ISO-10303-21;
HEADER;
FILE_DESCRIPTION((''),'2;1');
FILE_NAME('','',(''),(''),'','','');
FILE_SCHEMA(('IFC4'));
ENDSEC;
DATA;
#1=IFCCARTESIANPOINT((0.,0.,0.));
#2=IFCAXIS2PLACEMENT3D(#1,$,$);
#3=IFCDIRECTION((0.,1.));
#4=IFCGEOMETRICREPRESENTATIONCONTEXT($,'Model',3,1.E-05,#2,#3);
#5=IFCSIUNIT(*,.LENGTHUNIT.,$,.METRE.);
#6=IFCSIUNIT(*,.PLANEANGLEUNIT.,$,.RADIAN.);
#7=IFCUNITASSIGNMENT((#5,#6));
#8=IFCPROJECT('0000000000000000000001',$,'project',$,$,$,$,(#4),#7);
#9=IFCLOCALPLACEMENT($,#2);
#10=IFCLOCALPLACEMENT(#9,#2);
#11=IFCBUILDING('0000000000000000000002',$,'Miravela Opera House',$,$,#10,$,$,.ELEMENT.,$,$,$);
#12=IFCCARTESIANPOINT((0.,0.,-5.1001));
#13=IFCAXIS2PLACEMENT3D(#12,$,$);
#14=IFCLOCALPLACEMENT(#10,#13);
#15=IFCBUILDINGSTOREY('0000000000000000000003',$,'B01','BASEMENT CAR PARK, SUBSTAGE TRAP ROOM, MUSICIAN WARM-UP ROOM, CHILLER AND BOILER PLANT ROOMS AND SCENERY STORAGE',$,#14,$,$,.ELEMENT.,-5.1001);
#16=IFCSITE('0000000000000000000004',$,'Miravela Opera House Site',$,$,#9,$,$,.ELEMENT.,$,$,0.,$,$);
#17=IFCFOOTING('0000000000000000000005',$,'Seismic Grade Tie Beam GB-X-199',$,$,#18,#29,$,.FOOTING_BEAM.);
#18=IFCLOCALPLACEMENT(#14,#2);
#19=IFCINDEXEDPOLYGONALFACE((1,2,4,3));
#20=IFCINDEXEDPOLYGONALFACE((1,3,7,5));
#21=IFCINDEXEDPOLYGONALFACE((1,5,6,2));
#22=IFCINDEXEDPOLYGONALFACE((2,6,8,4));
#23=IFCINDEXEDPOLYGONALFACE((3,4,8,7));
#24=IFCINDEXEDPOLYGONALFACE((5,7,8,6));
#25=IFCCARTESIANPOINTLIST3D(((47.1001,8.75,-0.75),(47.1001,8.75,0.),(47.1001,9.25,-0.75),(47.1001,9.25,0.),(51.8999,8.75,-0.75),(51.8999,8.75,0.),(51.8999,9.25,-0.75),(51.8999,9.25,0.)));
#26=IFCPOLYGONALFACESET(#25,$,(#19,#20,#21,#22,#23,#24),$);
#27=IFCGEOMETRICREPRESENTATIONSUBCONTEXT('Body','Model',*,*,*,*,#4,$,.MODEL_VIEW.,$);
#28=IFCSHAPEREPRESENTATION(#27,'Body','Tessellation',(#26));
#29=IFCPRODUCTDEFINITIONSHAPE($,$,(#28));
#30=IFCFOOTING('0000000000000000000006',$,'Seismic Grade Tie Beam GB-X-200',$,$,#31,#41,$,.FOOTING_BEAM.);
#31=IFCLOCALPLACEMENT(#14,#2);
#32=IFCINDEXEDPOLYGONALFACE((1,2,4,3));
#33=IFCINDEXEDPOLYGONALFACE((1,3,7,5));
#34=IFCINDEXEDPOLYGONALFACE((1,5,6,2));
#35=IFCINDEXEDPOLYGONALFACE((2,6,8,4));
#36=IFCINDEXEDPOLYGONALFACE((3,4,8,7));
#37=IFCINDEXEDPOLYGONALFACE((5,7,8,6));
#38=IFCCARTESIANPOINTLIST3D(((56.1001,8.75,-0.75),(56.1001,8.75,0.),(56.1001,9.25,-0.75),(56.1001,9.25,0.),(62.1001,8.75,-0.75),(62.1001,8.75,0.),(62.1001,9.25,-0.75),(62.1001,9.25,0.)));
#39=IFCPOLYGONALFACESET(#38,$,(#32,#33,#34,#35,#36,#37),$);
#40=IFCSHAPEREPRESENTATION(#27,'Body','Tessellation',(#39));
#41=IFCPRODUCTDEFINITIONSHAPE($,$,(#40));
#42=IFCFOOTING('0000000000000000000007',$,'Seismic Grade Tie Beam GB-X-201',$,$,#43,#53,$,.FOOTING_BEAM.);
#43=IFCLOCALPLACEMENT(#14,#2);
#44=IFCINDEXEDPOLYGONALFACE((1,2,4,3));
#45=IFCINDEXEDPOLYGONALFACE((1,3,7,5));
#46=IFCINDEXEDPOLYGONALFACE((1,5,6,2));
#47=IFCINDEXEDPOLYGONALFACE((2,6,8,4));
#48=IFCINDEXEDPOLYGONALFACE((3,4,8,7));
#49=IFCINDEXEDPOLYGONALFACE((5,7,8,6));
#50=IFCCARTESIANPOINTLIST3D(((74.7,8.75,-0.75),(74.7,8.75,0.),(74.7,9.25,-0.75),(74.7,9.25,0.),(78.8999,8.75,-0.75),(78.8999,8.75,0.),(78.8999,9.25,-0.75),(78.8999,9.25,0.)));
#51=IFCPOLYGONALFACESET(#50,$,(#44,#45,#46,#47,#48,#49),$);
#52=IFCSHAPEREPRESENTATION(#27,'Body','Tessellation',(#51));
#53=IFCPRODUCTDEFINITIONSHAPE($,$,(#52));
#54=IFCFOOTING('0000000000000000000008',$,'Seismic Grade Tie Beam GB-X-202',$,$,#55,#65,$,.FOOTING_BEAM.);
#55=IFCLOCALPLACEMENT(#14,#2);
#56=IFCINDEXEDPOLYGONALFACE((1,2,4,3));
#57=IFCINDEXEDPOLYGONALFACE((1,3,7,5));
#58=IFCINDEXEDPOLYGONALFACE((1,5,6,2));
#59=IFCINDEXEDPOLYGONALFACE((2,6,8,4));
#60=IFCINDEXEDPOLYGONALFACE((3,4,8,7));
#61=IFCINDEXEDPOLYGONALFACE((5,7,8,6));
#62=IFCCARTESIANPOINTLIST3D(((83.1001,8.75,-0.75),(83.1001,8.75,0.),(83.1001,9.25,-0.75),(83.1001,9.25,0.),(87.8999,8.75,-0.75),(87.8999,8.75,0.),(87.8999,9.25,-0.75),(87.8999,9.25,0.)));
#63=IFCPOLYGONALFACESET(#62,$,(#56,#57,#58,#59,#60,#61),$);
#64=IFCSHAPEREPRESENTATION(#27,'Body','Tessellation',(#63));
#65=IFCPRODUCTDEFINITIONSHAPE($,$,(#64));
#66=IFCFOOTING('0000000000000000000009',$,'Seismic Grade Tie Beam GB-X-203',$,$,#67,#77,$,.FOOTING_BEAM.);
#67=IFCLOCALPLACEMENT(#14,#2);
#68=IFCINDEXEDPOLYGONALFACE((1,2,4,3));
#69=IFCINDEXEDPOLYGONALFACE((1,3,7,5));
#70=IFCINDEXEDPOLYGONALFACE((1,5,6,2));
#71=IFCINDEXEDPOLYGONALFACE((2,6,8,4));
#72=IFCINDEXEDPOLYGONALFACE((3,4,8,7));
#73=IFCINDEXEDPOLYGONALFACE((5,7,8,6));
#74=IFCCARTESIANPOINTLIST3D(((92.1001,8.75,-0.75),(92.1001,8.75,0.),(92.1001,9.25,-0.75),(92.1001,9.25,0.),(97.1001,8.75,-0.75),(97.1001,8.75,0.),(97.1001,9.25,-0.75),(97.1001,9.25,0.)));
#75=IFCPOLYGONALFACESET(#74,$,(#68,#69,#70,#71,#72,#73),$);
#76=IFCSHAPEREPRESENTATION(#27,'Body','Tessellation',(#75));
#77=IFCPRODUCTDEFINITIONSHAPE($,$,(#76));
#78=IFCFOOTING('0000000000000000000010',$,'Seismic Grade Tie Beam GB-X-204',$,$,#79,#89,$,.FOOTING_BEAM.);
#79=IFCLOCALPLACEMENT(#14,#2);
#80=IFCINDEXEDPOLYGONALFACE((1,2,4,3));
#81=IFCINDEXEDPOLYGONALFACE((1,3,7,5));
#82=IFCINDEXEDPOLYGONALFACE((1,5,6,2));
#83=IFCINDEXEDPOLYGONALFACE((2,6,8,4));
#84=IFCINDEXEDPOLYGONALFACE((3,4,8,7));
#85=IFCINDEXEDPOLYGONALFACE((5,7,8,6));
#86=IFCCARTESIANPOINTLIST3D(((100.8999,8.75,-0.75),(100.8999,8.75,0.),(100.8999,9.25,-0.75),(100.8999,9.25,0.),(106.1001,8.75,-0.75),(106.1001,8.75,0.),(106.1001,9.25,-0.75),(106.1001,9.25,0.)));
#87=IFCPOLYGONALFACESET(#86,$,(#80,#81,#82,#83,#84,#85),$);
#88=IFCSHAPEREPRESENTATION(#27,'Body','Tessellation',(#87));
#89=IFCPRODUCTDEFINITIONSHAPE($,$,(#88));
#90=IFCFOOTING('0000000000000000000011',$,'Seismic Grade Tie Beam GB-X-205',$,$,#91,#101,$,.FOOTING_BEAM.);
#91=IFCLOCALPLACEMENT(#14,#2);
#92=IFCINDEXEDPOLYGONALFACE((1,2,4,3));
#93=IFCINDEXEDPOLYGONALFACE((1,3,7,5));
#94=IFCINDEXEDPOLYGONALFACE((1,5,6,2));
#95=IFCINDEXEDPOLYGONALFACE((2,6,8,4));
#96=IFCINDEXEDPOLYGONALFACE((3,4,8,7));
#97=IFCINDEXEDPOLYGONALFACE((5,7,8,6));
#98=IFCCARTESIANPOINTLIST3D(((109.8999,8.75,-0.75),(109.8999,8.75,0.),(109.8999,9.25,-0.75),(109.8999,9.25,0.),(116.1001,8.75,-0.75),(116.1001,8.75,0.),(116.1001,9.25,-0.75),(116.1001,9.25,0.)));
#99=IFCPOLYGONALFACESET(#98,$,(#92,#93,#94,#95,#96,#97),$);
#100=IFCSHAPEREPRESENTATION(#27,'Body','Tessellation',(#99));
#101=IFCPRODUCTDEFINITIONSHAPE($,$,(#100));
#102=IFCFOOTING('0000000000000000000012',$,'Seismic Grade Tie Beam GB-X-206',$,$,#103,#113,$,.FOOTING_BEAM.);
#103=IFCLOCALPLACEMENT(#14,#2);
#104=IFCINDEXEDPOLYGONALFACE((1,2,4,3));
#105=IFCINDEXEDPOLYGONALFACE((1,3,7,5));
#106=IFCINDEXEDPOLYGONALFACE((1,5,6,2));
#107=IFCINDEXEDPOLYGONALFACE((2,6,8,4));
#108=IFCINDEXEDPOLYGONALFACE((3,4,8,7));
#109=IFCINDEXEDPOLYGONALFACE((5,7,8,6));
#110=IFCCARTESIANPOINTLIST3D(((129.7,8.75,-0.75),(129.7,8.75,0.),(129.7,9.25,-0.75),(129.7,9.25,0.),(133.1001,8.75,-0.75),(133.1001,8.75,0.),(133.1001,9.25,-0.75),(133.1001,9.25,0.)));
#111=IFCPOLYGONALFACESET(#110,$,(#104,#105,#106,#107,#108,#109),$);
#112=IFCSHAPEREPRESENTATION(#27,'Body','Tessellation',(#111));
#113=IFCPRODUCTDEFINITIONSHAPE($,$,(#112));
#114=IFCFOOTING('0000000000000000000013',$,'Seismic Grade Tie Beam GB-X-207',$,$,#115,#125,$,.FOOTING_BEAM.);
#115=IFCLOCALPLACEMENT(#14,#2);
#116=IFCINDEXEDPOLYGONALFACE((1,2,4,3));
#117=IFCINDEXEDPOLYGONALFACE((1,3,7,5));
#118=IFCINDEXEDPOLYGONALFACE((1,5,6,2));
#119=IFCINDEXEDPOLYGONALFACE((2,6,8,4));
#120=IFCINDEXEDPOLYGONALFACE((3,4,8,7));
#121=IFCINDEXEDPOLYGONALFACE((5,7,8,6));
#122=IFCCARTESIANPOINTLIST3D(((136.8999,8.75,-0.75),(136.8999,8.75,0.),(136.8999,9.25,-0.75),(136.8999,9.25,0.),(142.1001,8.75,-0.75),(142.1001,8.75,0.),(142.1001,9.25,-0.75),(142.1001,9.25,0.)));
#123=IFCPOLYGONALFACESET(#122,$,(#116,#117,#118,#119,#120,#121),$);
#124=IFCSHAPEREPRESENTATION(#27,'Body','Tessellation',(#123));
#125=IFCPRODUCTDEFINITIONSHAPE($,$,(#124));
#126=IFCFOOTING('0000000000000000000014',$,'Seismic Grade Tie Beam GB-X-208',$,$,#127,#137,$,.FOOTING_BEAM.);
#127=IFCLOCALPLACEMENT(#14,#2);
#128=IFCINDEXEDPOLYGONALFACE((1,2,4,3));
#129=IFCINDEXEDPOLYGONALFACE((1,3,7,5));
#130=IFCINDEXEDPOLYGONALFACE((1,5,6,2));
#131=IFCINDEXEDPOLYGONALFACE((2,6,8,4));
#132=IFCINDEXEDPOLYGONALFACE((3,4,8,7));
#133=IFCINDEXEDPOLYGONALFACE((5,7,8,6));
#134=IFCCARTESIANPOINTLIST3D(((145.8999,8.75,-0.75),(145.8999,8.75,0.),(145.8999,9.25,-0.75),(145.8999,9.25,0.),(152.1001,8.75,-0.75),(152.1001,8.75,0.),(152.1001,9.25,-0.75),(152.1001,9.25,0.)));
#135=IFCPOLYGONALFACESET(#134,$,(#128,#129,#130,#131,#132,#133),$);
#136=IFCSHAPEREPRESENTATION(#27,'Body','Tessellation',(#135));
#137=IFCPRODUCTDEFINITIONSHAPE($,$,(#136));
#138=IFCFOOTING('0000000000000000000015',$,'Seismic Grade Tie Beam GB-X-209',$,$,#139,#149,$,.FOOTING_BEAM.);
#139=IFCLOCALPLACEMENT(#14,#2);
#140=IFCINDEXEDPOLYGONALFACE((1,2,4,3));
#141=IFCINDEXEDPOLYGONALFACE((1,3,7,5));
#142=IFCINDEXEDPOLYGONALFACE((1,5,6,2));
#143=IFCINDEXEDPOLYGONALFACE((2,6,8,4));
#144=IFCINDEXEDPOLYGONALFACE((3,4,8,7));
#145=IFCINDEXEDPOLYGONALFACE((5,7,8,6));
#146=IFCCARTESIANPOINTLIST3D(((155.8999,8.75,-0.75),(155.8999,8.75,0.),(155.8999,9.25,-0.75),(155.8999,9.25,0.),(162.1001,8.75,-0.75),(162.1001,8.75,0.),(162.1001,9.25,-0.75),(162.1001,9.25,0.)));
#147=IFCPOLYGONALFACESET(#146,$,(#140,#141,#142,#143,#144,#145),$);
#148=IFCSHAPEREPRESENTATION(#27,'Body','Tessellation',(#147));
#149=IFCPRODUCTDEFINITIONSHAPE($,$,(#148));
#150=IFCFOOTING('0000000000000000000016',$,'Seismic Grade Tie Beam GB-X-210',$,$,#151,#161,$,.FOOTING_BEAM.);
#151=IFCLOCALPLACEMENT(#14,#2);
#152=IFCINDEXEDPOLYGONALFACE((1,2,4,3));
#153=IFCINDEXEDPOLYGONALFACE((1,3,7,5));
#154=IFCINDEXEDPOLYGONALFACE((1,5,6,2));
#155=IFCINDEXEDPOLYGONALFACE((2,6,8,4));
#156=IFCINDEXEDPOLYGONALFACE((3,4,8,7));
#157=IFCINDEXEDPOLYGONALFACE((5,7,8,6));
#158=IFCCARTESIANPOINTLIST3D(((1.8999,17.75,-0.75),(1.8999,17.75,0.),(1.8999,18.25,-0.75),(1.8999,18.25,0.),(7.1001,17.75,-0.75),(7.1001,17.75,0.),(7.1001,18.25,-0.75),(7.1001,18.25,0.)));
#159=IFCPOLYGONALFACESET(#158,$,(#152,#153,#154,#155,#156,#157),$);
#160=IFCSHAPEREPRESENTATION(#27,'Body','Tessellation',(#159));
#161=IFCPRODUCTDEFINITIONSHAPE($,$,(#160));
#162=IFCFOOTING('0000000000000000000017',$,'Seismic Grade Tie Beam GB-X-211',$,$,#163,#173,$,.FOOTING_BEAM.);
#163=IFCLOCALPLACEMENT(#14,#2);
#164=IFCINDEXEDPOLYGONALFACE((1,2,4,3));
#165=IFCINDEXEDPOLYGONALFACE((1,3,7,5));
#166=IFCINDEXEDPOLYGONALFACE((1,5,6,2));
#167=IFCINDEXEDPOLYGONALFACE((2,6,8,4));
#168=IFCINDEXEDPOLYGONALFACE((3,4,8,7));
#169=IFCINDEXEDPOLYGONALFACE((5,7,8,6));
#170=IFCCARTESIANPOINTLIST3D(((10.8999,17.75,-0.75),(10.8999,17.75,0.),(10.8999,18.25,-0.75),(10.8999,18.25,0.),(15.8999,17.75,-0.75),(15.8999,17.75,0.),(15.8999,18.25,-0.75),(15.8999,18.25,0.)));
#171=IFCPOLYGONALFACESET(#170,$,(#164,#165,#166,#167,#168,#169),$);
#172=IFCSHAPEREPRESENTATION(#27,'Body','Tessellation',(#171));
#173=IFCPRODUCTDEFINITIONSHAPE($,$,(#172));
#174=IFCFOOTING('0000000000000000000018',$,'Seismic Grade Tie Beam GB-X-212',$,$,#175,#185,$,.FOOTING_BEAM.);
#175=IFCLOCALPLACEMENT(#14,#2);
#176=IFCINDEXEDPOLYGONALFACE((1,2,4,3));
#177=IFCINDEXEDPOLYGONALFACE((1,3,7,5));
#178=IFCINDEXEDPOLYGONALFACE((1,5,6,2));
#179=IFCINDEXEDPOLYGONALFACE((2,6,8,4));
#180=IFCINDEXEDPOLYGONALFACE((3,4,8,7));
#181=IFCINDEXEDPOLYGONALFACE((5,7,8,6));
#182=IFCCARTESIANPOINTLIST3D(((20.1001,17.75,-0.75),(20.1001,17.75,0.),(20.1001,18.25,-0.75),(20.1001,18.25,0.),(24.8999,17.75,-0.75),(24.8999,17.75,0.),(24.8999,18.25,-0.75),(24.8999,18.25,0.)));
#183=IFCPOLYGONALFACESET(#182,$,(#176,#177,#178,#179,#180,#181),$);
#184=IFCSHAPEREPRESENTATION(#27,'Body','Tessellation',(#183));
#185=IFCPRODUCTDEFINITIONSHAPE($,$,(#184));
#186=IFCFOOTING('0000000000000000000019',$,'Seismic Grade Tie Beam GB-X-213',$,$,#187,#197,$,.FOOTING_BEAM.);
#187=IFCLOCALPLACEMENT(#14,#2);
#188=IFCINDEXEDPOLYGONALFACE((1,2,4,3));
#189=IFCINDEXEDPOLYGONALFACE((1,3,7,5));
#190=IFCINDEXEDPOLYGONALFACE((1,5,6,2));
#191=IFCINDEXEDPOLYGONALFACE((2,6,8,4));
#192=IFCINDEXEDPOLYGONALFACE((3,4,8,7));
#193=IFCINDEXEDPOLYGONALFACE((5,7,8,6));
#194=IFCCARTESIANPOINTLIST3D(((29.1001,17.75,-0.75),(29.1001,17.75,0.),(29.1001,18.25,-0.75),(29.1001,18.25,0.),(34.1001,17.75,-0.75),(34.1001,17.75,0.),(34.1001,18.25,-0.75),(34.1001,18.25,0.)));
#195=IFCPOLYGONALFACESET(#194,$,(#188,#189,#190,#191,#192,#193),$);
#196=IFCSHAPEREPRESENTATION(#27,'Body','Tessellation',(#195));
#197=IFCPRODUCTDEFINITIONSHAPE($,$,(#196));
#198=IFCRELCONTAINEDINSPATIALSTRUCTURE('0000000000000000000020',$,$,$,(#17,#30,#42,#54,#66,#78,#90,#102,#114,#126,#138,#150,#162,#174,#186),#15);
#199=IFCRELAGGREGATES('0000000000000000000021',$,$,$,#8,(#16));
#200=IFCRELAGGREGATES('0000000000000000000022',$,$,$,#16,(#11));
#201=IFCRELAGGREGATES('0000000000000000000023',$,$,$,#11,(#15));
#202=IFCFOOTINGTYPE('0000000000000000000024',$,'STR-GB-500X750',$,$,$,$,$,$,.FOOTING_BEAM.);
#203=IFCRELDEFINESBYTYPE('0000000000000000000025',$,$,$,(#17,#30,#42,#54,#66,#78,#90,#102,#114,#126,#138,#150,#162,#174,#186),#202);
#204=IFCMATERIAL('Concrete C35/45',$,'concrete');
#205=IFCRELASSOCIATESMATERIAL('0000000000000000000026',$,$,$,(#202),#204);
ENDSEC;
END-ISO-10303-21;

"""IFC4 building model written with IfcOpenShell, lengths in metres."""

from ifc_helpers import new_model, si_unit, direction, frame, origin, place, context, subcontext, project, spatial, polyline, outline, extrude, material, type_object, element, save


model = new_model("IFC4")

# Units and contexts
model_context = context("Model", 3, precision=1e-05, world=origin(), true_north=direction((0.0, 1.0)))
body_context = subcontext(model_context, "Body", "Model", "MODEL_VIEW")
ifc_project = project(units=[si_unit("LENGTHUNIT", "METRE"), si_unit("PLANEANGLEUNIT", "RADIAN")], contexts=[model_context])

# Site, building, storey
site_placement = place(None, origin())
site = spatial("IfcSite", under=ifc_project, at=site_placement, Name="Miravela Opera House Site", CompositionType="ELEMENT", RefElevation=0.0)
building_placement = place(site_placement, origin())
building = spatial("IfcBuilding", under=site, at=building_placement, Name="Miravela Opera House", CompositionType="ELEMENT")
storey_placement = place(building_placement, frame((0.0, 0.0, -5.1001)))
storey = spatial("IfcBuildingStorey", under=building, at=storey_placement, Name="B01", Description="BASEMENT CAR PARK, SUBSTAGE TRAP ROOM, MUSICIAN WARM-UP ROOM, CHILLER AND BOILER PLANT ROOMS AND SCENERY STORAGE", CompositionType="ELEMENT", Elevation=-5.1001)

# Footings
ifc_material = material(Name="Concrete C35/45", Category="concrete")
footing_type = type_object("IfcFootingType", Name="STR-GB-500X750", PredefinedType="FOOTING_BEAM", material=ifc_material)
footing_1_placement = place(storey_placement, frame((0.0, 0.0, -0.75)))
element("IfcFooting", 1, at=footing_1_placement, inside=storey, type_object=footing_type, Name="Seismic Grade Tie Beam GB-X-199", PredefinedType="FOOTING_BEAM", context=body_context, shape_type="SweptSolid", body=[
    extrude(outline(polyline([(47.1001, 8.75), (51.8999, 8.75), (51.8999, 9.25), (47.1001, 9.25), (47.1001, 8.75)])), origin(), (0.0, 0.0, 1.0), 0.75),
])
footing_2_placement = place(storey_placement, frame((0.0, 0.0, -0.75)))
element("IfcFooting", 2, at=footing_2_placement, inside=storey, type_object=footing_type, Name="Seismic Grade Tie Beam GB-X-200", PredefinedType="FOOTING_BEAM", context=body_context, shape_type="SweptSolid", body=[
    extrude(outline(polyline([(56.1001, 8.75), (62.1001, 8.75), (62.1001, 9.25), (56.1001, 9.25), (56.1001, 8.75)])), origin(), (0.0, 0.0, 1.0), 0.75),
])
footing_3_placement = place(storey_placement, frame((0.0, 0.0, -0.75)))
element("IfcFooting", 3, at=footing_3_placement, inside=storey, type_object=footing_type, Name="Seismic Grade Tie Beam GB-X-201", PredefinedType="FOOTING_BEAM", context=body_context, shape_type="SweptSolid", body=[
    extrude(outline(polyline([(74.7, 8.75), (78.8999, 8.75), (78.8999, 9.25), (74.7, 9.25), (74.7, 8.75)])), origin(), (0.0, 0.0, 1.0), 0.75),
])
footing_4_placement = place(storey_placement, frame((0.0, 0.0, -0.75)))
element("IfcFooting", 4, at=footing_4_placement, inside=storey, type_object=footing_type, Name="Seismic Grade Tie Beam GB-X-202", PredefinedType="FOOTING_BEAM", context=body_context, shape_type="SweptSolid", body=[
    extrude(outline(polyline([(83.1001, 8.75), (87.8999, 8.75), (87.8999, 9.25), (83.1001, 9.25), (83.1001, 8.75)])), origin(), (0.0, 0.0, 1.0), 0.75),
])
footing_5_placement = place(storey_placement, frame((0.0, 0.0, -0.75)))
element("IfcFooting", 5, at=footing_5_placement, inside=storey, type_object=footing_type, Name="Seismic Grade Tie Beam GB-X-203", PredefinedType="FOOTING_BEAM", context=body_context, shape_type="SweptSolid", body=[
    extrude(outline(polyline([(92.1001, 8.75), (97.1001, 8.75), (97.1001, 9.25), (92.1001, 9.25), (92.1001, 8.75)])), origin(), (0.0, 0.0, 1.0), 0.75),
])
footing_6_placement = place(storey_placement, frame((0.0, 0.0, -0.75)))
element("IfcFooting", 6, at=footing_6_placement, inside=storey, type_object=footing_type, Name="Seismic Grade Tie Beam GB-X-204", PredefinedType="FOOTING_BEAM", context=body_context, shape_type="SweptSolid", body=[
    extrude(outline(polyline([(100.8999, 8.75), (106.1001, 8.75), (106.1001, 9.25), (100.8999, 9.25), (100.8999, 8.75)])), origin(), (0.0, 0.0, 1.0), 0.75),
])
footing_7_placement = place(storey_placement, frame((0.0, 0.0, -0.75)))
element("IfcFooting", 7, at=footing_7_placement, inside=storey, type_object=footing_type, Name="Seismic Grade Tie Beam GB-X-205", PredefinedType="FOOTING_BEAM", context=body_context, shape_type="SweptSolid", body=[
    extrude(outline(polyline([(109.8999, 8.75), (116.1001, 8.75), (116.1001, 9.25), (109.8999, 9.25), (109.8999, 8.75)])), origin(), (0.0, 0.0, 1.0), 0.75),
])
footing_8_placement = place(storey_placement, frame((0.0, 0.0, -0.75)))
element("IfcFooting", 8, at=footing_8_placement, inside=storey, type_object=footing_type, Name="Seismic Grade Tie Beam GB-X-206", PredefinedType="FOOTING_BEAM", context=body_context, shape_type="SweptSolid", body=[
    extrude(outline(polyline([(129.7, 8.75), (133.1001, 8.75), (133.1001, 9.25), (129.7, 9.25), (129.7, 8.75)])), origin(), (0.0, 0.0, 1.0), 0.75),
])
footing_9_placement = place(storey_placement, frame((0.0, 0.0, -0.75)))
element("IfcFooting", 9, at=footing_9_placement, inside=storey, type_object=footing_type, Name="Seismic Grade Tie Beam GB-X-207", PredefinedType="FOOTING_BEAM", context=body_context, shape_type="SweptSolid", body=[
    extrude(outline(polyline([(136.8999, 8.75), (142.1001, 8.75), (142.1001, 9.25), (136.8999, 9.25), (136.8999, 8.75)])), origin(), (0.0, 0.0, 1.0), 0.75),
])
footing_10_placement = place(storey_placement, frame((0.0, 0.0, -0.75)))
element("IfcFooting", 10, at=footing_10_placement, inside=storey, type_object=footing_type, Name="Seismic Grade Tie Beam GB-X-208", PredefinedType="FOOTING_BEAM", context=body_context, shape_type="SweptSolid", body=[
    extrude(outline(polyline([(145.8999, 8.75), (152.1001, 8.75), (152.1001, 9.25), (145.8999, 9.25), (145.8999, 8.75)])), origin(), (0.0, 0.0, 1.0), 0.75),
])
footing_11_placement = place(storey_placement, frame((0.0, 0.0, -0.75)))
element("IfcFooting", 11, at=footing_11_placement, inside=storey, type_object=footing_type, Name="Seismic Grade Tie Beam GB-X-209", PredefinedType="FOOTING_BEAM", context=body_context, shape_type="SweptSolid", body=[
    extrude(outline(polyline([(155.8999, 8.75), (162.1001, 8.75), (162.1001, 9.25), (155.8999, 9.25), (155.8999, 8.75)])), origin(), (0.0, 0.0, 1.0), 0.75),
])
footing_12_placement = place(storey_placement, frame((0.0, 0.0, -0.75)))
element("IfcFooting", 12, at=footing_12_placement, inside=storey, type_object=footing_type, Name="Seismic Grade Tie Beam GB-X-210", PredefinedType="FOOTING_BEAM", context=body_context, shape_type="SweptSolid", body=[
    extrude(outline(polyline([(1.8999, 17.75), (7.1001, 17.75), (7.1001, 18.25), (1.8999, 18.25), (1.8999, 17.75)])), origin(), (0.0, 0.0, 1.0), 0.75),
])
footing_13_placement = place(storey_placement, frame((0.0, 0.0, -0.75)))
element("IfcFooting", 13, at=footing_13_placement, inside=storey, type_object=footing_type, Name="Seismic Grade Tie Beam GB-X-211", PredefinedType="FOOTING_BEAM", context=body_context, shape_type="SweptSolid", body=[
    extrude(outline(polyline([(10.8999, 17.75), (15.8999, 17.75), (15.8999, 18.25), (10.8999, 18.25), (10.8999, 17.75)])), origin(), (0.0, 0.0, 1.0), 0.75),
])
footing_14_placement = place(storey_placement, frame((0.0, 0.0, -0.75)))
element("IfcFooting", 14, at=footing_14_placement, inside=storey, type_object=footing_type, Name="Seismic Grade Tie Beam GB-X-212", PredefinedType="FOOTING_BEAM", context=body_context, shape_type="SweptSolid", body=[
    extrude(outline(polyline([(20.1001, 17.75), (24.8999, 17.75), (24.8999, 18.25), (20.1001, 18.25), (20.1001, 17.75)])), origin(), (0.0, 0.0, 1.0), 0.75),
])
footing_15_placement = place(storey_placement, frame((0.0, 0.0, -0.75)))
element("IfcFooting", 15, at=footing_15_placement, inside=storey, type_object=footing_type, Name="Seismic Grade Tie Beam GB-X-213", PredefinedType="FOOTING_BEAM", context=body_context, shape_type="SweptSolid", body=[
    extrude(outline(polyline([(29.1001, 17.75), (34.1001, 17.75), (34.1001, 18.25), (29.1001, 18.25), (29.1001, 17.75)])), origin(), (0.0, 0.0, 1.0), 0.75),
])

save(model, "model.ifc")
